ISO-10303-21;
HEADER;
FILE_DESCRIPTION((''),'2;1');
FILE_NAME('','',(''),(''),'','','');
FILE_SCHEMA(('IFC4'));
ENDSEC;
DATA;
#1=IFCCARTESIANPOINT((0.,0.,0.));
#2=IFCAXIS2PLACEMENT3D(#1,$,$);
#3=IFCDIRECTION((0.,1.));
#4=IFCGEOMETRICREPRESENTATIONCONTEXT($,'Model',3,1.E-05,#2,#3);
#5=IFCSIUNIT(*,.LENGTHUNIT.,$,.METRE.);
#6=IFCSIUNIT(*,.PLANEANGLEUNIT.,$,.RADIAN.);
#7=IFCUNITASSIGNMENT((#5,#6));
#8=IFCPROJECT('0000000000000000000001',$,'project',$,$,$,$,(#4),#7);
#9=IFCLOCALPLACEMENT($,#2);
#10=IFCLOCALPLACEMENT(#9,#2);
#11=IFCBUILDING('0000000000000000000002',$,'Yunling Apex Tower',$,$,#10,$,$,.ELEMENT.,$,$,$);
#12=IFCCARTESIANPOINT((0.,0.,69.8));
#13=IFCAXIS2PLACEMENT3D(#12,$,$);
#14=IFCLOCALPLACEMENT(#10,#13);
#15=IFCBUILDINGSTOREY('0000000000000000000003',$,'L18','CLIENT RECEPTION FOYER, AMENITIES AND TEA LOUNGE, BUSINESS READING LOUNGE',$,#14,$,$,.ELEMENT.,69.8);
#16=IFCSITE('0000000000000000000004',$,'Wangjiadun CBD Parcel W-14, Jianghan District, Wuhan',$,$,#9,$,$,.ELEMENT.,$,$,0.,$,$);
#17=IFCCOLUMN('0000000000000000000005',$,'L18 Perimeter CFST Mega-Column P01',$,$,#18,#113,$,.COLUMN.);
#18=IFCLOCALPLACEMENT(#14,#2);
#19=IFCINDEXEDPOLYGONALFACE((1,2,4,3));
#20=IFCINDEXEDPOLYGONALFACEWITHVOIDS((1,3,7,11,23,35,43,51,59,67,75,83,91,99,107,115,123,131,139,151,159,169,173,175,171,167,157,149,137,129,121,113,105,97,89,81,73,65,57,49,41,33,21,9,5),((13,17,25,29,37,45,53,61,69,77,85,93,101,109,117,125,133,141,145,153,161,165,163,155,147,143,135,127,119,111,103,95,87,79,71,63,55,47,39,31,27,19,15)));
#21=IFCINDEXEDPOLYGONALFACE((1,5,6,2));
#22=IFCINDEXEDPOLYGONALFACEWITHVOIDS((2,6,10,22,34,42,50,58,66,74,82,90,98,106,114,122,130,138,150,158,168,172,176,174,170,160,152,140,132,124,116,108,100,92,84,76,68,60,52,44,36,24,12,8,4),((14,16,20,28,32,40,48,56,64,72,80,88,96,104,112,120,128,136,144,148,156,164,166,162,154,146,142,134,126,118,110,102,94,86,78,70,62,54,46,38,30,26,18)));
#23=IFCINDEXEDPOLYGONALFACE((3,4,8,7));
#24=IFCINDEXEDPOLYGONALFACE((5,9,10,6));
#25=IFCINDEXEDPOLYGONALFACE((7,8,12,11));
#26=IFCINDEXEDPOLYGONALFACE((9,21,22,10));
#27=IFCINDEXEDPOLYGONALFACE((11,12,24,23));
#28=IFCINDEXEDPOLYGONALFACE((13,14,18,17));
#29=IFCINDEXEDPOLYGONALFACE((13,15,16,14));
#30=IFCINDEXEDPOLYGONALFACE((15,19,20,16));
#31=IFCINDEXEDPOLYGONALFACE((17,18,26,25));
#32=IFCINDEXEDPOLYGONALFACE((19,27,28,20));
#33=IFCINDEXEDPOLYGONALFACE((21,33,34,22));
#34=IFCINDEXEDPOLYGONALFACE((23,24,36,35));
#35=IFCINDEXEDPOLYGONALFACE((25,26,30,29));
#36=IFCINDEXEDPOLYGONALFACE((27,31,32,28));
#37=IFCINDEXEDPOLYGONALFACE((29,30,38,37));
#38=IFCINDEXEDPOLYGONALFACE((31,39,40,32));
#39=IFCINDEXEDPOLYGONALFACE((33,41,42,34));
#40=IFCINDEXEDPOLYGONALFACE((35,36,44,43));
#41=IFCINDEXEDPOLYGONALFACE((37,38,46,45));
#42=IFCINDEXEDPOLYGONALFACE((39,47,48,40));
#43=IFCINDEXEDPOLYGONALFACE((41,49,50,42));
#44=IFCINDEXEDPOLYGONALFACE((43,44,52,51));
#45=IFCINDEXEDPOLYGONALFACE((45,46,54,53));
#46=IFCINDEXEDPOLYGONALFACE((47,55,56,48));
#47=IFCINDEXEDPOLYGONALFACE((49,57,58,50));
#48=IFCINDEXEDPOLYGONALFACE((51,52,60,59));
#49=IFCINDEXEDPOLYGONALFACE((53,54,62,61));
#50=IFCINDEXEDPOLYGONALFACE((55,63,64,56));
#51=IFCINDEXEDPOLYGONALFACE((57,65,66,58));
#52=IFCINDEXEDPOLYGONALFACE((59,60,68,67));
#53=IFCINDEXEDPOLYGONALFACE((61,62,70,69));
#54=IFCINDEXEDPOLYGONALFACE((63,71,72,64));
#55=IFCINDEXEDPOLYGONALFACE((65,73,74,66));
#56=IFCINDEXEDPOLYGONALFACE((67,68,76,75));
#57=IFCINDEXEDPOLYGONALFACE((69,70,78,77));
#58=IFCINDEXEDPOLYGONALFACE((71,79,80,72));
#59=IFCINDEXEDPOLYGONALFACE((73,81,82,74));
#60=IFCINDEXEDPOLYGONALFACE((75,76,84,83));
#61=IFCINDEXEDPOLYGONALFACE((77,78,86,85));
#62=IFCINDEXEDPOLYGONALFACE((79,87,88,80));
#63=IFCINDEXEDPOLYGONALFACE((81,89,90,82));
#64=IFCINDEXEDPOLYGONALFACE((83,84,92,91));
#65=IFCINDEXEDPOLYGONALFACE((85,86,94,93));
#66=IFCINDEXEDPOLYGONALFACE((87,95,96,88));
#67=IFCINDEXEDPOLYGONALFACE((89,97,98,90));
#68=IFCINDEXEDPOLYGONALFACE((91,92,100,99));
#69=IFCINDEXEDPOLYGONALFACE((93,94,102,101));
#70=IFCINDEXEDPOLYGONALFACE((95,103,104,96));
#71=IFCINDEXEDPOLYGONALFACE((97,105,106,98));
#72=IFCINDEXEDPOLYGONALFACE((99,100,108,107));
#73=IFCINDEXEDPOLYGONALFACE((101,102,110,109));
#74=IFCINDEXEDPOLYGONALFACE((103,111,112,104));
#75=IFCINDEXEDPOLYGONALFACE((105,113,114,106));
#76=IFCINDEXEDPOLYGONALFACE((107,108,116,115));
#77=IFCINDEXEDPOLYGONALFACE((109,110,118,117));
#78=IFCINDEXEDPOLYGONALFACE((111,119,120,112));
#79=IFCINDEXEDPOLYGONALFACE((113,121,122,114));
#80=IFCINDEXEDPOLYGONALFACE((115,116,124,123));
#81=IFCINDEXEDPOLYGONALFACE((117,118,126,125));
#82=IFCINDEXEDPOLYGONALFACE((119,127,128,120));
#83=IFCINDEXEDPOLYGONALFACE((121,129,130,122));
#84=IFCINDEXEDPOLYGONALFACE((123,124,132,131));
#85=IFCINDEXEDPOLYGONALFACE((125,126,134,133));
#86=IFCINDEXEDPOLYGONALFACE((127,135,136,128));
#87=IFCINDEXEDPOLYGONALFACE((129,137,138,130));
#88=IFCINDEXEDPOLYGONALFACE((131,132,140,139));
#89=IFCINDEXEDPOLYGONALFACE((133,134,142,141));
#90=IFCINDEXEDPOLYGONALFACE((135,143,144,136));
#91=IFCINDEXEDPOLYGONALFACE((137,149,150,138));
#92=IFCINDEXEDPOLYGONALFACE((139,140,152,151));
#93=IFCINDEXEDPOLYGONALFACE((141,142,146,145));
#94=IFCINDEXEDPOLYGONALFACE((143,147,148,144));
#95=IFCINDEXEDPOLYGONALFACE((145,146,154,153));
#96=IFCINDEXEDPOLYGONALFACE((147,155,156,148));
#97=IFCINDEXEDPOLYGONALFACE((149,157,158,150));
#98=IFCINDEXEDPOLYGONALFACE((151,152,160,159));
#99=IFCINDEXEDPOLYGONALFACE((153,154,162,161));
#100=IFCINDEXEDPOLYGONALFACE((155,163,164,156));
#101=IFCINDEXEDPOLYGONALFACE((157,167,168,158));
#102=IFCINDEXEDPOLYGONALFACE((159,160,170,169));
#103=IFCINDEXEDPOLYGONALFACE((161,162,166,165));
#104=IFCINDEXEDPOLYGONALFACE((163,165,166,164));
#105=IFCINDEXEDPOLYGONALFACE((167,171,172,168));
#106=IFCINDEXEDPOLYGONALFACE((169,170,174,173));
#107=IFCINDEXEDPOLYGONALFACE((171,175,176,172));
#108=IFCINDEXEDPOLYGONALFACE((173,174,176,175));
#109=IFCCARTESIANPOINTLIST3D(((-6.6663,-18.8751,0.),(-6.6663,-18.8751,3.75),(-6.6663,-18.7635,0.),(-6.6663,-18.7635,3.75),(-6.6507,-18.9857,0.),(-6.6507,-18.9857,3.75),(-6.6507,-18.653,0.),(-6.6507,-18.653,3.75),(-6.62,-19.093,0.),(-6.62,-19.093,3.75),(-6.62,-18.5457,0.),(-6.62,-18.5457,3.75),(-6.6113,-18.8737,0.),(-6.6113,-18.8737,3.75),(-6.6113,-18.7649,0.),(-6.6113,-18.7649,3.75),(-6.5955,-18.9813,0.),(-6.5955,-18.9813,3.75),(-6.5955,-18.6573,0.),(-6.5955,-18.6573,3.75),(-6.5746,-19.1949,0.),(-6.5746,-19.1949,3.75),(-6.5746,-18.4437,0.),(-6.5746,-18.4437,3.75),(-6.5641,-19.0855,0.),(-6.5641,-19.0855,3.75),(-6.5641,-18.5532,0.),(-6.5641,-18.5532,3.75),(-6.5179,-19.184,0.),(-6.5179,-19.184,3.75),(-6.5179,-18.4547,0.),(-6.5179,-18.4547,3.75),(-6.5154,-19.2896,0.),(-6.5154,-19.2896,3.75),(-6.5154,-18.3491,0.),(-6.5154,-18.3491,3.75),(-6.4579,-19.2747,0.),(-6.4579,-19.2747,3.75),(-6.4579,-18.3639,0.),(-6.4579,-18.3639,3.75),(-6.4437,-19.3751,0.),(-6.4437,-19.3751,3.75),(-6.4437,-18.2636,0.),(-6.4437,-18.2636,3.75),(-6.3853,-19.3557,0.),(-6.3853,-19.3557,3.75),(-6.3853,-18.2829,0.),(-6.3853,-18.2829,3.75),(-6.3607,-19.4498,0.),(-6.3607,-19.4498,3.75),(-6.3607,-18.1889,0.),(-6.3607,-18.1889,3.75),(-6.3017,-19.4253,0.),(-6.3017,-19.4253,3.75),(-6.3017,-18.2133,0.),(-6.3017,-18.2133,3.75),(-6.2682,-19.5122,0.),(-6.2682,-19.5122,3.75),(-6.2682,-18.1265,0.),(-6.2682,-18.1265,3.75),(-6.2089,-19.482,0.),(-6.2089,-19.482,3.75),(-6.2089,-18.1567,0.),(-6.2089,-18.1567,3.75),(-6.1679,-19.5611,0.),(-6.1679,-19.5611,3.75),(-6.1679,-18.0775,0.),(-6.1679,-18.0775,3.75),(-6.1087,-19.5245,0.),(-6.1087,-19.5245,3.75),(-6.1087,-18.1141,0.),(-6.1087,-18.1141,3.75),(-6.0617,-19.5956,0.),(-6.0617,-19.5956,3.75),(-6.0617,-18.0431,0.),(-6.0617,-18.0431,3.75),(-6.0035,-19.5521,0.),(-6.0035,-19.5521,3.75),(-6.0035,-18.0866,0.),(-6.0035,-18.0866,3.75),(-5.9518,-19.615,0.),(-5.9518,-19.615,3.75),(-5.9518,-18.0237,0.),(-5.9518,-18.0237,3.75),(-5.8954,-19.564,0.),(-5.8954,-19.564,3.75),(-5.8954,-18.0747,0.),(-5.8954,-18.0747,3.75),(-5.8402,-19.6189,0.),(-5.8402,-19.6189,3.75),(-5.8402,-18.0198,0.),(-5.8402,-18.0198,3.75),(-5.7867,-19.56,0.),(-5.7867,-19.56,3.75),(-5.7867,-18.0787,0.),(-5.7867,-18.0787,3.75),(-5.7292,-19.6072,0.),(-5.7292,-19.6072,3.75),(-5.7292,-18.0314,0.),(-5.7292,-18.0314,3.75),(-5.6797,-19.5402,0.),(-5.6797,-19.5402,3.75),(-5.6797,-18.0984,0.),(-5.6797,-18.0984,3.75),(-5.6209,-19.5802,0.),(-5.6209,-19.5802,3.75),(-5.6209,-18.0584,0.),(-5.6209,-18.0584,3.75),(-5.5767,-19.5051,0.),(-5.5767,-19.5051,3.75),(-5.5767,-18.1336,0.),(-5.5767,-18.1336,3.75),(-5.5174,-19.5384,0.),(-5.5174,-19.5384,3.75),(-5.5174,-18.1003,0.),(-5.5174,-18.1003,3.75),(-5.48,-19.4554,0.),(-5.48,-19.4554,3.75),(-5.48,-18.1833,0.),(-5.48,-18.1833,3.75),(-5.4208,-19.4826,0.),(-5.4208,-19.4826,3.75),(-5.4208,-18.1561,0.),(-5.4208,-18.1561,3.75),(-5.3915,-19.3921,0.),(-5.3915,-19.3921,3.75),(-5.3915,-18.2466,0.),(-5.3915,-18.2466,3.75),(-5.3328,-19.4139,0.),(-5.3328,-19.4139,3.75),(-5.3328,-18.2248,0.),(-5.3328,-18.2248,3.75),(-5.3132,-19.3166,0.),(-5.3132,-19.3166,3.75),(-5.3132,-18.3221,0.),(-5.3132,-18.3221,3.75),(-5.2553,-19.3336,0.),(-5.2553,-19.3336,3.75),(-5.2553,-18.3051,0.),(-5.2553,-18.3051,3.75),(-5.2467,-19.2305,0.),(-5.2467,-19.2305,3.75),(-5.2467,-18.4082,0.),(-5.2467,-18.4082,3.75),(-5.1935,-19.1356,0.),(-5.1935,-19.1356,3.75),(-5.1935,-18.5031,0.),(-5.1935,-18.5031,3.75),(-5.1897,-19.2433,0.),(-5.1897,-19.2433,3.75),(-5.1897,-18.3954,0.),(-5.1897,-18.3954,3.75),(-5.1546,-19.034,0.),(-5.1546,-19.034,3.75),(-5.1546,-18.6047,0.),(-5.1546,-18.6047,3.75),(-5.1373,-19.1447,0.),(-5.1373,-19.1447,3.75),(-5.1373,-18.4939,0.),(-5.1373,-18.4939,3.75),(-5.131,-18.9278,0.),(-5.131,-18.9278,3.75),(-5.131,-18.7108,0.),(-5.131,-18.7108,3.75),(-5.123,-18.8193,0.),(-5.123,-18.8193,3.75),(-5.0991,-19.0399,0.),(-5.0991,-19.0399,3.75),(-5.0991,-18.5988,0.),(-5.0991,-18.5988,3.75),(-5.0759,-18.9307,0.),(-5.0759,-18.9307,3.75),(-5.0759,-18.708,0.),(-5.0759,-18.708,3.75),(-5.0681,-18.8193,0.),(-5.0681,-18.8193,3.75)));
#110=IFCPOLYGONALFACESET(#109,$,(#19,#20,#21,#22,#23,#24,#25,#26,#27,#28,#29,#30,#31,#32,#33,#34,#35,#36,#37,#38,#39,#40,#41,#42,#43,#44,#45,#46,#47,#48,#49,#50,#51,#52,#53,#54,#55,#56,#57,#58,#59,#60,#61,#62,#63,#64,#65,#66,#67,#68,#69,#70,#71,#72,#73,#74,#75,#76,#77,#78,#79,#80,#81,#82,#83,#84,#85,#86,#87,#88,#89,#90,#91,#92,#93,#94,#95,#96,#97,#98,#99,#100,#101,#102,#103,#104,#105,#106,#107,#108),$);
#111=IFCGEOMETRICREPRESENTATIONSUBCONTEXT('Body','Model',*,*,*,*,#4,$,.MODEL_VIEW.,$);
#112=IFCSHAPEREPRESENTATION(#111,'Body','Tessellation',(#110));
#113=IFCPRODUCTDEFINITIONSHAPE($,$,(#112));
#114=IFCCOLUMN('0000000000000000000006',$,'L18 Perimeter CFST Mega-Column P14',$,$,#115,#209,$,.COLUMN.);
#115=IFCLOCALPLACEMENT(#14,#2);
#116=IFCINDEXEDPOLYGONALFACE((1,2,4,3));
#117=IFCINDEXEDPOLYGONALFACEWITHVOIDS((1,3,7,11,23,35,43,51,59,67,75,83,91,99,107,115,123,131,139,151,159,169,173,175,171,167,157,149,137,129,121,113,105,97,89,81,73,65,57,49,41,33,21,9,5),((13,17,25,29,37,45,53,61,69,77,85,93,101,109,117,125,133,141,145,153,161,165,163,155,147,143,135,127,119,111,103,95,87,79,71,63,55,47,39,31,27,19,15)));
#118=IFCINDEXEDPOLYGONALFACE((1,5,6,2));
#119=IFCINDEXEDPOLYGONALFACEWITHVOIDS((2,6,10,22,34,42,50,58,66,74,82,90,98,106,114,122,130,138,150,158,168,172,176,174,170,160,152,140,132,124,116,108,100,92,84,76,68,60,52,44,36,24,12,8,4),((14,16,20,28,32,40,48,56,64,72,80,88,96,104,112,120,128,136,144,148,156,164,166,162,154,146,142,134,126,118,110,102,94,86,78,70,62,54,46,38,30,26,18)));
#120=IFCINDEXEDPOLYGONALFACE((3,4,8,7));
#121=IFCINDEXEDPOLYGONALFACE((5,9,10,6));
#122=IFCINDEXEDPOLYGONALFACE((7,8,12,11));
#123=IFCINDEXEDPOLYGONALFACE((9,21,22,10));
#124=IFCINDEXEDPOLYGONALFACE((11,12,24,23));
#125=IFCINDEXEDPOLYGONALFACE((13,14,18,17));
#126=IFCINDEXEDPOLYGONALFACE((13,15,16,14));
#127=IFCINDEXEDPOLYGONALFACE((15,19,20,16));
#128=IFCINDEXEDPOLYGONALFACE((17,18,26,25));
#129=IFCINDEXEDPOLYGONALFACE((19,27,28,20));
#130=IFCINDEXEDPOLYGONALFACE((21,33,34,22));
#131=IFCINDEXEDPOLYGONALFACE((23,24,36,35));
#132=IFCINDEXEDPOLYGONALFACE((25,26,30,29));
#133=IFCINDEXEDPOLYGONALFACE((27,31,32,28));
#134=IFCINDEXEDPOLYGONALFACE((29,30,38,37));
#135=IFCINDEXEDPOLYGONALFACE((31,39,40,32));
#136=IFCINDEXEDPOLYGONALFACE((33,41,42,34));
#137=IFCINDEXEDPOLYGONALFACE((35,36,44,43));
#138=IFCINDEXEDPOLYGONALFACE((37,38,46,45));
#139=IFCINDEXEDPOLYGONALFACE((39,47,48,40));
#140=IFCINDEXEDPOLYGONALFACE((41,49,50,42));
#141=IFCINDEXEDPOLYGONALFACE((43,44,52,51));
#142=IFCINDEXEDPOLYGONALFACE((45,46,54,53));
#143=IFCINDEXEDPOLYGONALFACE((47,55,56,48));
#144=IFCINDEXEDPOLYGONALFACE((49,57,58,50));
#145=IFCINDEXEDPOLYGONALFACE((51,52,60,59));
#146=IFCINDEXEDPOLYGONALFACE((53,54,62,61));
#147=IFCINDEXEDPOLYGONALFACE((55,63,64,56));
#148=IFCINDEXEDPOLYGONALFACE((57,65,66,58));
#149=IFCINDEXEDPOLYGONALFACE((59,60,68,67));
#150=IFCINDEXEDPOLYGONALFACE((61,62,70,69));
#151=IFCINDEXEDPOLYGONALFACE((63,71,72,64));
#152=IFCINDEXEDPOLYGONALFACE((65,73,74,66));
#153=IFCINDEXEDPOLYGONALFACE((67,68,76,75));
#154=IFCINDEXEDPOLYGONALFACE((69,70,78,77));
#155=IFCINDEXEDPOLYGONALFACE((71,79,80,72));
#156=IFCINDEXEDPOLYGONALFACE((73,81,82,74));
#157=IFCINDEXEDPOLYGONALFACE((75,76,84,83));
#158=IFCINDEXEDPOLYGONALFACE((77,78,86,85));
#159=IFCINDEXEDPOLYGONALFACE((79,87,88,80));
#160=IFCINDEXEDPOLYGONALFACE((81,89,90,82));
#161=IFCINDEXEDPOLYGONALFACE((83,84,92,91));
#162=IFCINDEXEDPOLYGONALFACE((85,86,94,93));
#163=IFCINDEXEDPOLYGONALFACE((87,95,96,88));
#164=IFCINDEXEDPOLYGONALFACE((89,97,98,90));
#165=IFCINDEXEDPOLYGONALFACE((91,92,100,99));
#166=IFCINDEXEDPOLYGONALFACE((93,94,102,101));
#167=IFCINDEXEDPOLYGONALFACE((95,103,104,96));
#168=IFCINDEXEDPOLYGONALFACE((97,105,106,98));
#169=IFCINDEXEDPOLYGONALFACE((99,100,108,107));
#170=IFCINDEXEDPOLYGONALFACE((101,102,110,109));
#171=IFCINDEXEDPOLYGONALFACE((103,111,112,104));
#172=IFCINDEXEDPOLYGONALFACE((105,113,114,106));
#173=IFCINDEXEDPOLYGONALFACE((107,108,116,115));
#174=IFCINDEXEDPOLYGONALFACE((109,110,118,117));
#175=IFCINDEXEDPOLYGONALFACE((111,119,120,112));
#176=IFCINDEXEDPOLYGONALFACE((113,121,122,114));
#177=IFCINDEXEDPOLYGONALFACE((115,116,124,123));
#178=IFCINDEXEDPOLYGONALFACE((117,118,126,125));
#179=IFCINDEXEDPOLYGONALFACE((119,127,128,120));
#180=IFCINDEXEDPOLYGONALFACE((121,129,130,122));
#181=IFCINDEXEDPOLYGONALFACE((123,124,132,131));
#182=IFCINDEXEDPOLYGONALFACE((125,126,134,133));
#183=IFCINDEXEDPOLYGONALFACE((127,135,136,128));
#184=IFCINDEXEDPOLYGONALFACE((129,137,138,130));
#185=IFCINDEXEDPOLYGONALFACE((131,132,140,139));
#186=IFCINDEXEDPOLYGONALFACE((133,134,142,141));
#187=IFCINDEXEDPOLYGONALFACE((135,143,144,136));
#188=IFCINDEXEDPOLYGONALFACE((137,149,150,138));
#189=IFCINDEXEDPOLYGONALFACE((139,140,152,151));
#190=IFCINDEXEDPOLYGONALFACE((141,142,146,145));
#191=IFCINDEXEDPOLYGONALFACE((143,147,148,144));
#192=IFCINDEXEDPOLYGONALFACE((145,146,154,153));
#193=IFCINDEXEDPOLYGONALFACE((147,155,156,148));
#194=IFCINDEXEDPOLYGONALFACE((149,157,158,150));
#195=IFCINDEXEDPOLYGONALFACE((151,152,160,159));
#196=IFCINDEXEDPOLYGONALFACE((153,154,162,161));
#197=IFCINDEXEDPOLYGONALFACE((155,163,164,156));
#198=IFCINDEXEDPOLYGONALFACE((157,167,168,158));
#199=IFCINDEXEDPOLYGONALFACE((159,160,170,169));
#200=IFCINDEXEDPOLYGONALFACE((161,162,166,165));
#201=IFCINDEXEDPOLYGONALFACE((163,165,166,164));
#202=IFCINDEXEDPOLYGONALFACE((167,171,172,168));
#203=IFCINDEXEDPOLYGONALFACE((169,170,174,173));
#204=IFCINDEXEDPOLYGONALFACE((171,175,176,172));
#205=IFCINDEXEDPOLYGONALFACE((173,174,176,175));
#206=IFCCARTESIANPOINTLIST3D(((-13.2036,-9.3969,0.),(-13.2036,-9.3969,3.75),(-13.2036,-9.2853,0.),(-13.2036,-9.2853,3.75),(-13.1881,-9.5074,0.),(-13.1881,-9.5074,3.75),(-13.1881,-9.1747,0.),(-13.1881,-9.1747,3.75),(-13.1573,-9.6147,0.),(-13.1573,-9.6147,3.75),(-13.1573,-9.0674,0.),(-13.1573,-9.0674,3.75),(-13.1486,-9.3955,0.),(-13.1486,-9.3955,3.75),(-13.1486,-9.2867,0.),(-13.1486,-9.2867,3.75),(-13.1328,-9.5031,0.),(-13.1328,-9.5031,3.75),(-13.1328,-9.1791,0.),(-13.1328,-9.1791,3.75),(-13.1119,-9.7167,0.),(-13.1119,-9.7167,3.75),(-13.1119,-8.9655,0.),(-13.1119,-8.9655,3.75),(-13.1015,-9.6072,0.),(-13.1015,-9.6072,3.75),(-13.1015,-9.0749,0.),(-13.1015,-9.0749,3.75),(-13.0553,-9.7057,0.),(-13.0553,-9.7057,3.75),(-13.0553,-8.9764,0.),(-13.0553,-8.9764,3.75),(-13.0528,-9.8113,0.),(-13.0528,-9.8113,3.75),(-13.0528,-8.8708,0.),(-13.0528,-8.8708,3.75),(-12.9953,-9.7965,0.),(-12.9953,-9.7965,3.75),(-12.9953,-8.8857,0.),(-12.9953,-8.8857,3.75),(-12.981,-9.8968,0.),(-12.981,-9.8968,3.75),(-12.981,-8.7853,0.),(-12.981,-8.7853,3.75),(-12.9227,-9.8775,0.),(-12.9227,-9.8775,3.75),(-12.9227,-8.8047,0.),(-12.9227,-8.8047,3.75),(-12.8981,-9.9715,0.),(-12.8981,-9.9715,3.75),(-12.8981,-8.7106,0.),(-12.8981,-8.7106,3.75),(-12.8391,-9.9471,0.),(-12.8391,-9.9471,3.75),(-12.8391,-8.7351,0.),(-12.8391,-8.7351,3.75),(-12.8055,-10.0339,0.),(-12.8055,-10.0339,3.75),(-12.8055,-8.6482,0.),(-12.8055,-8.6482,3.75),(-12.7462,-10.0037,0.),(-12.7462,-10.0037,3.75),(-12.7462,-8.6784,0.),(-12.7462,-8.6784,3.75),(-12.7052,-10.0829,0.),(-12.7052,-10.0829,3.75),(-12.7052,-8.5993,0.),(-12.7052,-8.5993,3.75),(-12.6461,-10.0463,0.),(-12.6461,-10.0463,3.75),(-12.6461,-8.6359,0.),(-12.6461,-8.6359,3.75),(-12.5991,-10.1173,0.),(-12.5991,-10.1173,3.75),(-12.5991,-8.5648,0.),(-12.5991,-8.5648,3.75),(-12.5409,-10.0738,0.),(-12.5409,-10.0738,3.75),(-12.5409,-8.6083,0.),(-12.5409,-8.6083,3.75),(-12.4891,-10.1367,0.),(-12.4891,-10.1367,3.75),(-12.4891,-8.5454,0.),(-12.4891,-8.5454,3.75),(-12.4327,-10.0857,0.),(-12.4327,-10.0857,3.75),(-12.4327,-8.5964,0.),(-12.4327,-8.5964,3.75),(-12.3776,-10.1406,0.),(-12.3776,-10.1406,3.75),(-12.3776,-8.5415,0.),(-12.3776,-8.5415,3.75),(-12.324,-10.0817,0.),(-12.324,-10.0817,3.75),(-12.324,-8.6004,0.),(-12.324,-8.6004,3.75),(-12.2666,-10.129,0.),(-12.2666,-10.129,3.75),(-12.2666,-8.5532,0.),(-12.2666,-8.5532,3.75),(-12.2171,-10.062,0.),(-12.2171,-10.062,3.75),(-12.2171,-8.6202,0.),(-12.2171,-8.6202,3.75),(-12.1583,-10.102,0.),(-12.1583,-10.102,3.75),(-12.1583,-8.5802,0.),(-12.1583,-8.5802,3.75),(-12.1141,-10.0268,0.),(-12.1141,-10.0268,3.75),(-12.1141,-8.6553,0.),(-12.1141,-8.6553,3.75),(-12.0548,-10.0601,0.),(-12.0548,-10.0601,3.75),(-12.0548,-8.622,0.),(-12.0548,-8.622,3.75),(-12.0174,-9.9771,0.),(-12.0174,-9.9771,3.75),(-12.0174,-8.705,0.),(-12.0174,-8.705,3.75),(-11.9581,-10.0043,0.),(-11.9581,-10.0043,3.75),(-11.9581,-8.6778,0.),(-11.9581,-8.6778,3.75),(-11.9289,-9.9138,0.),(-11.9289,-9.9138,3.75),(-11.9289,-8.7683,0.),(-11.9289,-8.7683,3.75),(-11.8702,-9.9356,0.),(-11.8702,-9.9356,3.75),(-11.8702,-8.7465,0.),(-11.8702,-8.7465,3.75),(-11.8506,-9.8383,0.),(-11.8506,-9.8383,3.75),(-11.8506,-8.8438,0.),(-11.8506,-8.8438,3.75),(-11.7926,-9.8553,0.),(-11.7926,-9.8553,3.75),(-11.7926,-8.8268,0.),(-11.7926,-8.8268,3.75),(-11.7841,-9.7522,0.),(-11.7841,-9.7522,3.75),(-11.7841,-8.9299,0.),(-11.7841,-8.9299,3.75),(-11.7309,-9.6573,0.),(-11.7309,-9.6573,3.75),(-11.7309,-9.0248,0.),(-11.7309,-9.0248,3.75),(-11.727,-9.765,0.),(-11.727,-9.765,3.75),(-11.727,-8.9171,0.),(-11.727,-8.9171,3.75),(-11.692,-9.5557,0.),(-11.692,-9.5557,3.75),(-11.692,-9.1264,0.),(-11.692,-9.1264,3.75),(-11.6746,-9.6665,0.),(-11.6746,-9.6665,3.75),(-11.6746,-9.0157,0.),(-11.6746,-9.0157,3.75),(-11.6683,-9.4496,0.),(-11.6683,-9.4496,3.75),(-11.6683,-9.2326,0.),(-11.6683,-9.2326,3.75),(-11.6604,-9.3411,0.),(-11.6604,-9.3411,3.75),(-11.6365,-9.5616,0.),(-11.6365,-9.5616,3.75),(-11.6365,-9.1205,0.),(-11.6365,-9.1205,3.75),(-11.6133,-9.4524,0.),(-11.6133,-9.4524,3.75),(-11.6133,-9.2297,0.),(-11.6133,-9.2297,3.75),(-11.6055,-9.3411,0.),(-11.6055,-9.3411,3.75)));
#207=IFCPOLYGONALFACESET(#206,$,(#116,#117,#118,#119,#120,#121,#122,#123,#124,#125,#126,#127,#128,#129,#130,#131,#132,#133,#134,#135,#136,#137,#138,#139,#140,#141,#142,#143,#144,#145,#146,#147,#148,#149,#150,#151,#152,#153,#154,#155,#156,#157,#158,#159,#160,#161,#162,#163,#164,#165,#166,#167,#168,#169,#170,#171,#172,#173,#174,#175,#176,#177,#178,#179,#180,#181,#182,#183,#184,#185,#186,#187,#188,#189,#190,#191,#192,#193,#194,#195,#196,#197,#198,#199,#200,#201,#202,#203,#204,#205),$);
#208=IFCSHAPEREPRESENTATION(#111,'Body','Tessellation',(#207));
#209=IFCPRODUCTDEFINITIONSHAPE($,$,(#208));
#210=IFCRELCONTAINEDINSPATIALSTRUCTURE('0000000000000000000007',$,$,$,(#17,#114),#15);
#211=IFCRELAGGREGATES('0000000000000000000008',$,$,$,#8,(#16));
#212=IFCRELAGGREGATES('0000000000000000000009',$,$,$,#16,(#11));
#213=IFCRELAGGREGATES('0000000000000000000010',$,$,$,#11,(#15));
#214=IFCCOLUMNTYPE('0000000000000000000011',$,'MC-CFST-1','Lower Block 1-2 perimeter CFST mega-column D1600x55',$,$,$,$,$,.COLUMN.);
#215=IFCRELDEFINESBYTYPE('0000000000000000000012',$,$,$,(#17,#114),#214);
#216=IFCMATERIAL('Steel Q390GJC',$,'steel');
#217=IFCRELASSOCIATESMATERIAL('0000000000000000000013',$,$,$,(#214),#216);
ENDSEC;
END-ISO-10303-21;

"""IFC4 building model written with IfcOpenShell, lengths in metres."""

from ifc_helpers import new_model, si_unit, direction, frame, origin, origin_2d, place, context, subcontext, project, spatial, hollow_circle, extrude, source, transform, mapped, material, material_profile, profile_set, type_object, element, save


model = new_model("IFC4")

# Units and contexts
model_context = context("Model", 3, precision=1e-05, world=origin(), true_north=direction((0.0, 1.0)))
body_context = subcontext(model_context, "Body", "Model", "MODEL_VIEW")
ifc_project = project(units=[si_unit("LENGTHUNIT", "METRE"), si_unit("PLANEANGLEUNIT", "RADIAN")], contexts=[model_context])

# Site, building, storey
site_placement = place(None, origin())
site = spatial("IfcSite", under=ifc_project, at=site_placement, Name="Wangjiadun CBD Parcel W-14, Jianghan District, Wuhan", CompositionType="ELEMENT", RefElevation=0.0)
building_placement = place(site_placement, origin())
building = spatial("IfcBuilding", under=site, at=building_placement, Name="Yunling Apex Tower", CompositionType="ELEMENT")
storey_placement = place(building_placement, frame((0.0, 0.0, 69.8)))
storey = spatial("IfcBuildingStorey", under=building, at=storey_placement, Name="L18", Description="CLIENT RECEPTION FOYER, AMENITIES AND TEA LOUNGE, BUSINESS READING LOUNGE", CompositionType="ELEMENT", Elevation=69.8)

# Columns
ifc_material_1 = material(Name="Steel Q390GJC", Category="steel")
ifc_material_profile_1 = material_profile(ifc_material_1, hollow_circle(Radius=0.8, WallThickness=0.0549, at=origin_2d()))
ifc_profile_set_1 = profile_set([ifc_material_profile_1], Name="Steel Q390GJC")
column_type = type_object("IfcColumnType", Name="MC-CFST-1", Description="Lower Block 1-2 perimeter CFST mega-column D1600x55", PredefinedType="COLUMN", material=ifc_profile_set_1)
shared_shape_1 = source(origin(), body_context, "Body", "SweptSolid", [
    extrude(hollow_circle(Radius=0.8, WallThickness=0.0549, at=origin_2d()), origin(), (0.0, 0.0, 1.0), 3.75),
])
for number, where, z_axis, x_axis, name in (
    (1, (-5.8682, -18.8193, 0.0), (0.0, 0.0, 1.0), (1.0, 0.0, 0.0), "L18 Perimeter CFST Mega-Column P01"),
    (2, (-12.4055, -9.3411, 0.0), (0.0, 0.0, 1.0), (1.0, 0.0, 0.0), "L18 Perimeter CFST Mega-Column P14"),
):
    element("IfcColumn", number, at=place(storey_placement, frame(where, z_axis=z_axis, x_axis=x_axis)), inside=storey, type_object=column_type, Name=name, PredefinedType="COLUMN", context=body_context, shape_type="MappedRepresentation", body=[
        mapped(shared_shape_1, transform((0.0, 0.0, 0.0), scale=1.0)),
    ])

save(model, "model.ifc")
